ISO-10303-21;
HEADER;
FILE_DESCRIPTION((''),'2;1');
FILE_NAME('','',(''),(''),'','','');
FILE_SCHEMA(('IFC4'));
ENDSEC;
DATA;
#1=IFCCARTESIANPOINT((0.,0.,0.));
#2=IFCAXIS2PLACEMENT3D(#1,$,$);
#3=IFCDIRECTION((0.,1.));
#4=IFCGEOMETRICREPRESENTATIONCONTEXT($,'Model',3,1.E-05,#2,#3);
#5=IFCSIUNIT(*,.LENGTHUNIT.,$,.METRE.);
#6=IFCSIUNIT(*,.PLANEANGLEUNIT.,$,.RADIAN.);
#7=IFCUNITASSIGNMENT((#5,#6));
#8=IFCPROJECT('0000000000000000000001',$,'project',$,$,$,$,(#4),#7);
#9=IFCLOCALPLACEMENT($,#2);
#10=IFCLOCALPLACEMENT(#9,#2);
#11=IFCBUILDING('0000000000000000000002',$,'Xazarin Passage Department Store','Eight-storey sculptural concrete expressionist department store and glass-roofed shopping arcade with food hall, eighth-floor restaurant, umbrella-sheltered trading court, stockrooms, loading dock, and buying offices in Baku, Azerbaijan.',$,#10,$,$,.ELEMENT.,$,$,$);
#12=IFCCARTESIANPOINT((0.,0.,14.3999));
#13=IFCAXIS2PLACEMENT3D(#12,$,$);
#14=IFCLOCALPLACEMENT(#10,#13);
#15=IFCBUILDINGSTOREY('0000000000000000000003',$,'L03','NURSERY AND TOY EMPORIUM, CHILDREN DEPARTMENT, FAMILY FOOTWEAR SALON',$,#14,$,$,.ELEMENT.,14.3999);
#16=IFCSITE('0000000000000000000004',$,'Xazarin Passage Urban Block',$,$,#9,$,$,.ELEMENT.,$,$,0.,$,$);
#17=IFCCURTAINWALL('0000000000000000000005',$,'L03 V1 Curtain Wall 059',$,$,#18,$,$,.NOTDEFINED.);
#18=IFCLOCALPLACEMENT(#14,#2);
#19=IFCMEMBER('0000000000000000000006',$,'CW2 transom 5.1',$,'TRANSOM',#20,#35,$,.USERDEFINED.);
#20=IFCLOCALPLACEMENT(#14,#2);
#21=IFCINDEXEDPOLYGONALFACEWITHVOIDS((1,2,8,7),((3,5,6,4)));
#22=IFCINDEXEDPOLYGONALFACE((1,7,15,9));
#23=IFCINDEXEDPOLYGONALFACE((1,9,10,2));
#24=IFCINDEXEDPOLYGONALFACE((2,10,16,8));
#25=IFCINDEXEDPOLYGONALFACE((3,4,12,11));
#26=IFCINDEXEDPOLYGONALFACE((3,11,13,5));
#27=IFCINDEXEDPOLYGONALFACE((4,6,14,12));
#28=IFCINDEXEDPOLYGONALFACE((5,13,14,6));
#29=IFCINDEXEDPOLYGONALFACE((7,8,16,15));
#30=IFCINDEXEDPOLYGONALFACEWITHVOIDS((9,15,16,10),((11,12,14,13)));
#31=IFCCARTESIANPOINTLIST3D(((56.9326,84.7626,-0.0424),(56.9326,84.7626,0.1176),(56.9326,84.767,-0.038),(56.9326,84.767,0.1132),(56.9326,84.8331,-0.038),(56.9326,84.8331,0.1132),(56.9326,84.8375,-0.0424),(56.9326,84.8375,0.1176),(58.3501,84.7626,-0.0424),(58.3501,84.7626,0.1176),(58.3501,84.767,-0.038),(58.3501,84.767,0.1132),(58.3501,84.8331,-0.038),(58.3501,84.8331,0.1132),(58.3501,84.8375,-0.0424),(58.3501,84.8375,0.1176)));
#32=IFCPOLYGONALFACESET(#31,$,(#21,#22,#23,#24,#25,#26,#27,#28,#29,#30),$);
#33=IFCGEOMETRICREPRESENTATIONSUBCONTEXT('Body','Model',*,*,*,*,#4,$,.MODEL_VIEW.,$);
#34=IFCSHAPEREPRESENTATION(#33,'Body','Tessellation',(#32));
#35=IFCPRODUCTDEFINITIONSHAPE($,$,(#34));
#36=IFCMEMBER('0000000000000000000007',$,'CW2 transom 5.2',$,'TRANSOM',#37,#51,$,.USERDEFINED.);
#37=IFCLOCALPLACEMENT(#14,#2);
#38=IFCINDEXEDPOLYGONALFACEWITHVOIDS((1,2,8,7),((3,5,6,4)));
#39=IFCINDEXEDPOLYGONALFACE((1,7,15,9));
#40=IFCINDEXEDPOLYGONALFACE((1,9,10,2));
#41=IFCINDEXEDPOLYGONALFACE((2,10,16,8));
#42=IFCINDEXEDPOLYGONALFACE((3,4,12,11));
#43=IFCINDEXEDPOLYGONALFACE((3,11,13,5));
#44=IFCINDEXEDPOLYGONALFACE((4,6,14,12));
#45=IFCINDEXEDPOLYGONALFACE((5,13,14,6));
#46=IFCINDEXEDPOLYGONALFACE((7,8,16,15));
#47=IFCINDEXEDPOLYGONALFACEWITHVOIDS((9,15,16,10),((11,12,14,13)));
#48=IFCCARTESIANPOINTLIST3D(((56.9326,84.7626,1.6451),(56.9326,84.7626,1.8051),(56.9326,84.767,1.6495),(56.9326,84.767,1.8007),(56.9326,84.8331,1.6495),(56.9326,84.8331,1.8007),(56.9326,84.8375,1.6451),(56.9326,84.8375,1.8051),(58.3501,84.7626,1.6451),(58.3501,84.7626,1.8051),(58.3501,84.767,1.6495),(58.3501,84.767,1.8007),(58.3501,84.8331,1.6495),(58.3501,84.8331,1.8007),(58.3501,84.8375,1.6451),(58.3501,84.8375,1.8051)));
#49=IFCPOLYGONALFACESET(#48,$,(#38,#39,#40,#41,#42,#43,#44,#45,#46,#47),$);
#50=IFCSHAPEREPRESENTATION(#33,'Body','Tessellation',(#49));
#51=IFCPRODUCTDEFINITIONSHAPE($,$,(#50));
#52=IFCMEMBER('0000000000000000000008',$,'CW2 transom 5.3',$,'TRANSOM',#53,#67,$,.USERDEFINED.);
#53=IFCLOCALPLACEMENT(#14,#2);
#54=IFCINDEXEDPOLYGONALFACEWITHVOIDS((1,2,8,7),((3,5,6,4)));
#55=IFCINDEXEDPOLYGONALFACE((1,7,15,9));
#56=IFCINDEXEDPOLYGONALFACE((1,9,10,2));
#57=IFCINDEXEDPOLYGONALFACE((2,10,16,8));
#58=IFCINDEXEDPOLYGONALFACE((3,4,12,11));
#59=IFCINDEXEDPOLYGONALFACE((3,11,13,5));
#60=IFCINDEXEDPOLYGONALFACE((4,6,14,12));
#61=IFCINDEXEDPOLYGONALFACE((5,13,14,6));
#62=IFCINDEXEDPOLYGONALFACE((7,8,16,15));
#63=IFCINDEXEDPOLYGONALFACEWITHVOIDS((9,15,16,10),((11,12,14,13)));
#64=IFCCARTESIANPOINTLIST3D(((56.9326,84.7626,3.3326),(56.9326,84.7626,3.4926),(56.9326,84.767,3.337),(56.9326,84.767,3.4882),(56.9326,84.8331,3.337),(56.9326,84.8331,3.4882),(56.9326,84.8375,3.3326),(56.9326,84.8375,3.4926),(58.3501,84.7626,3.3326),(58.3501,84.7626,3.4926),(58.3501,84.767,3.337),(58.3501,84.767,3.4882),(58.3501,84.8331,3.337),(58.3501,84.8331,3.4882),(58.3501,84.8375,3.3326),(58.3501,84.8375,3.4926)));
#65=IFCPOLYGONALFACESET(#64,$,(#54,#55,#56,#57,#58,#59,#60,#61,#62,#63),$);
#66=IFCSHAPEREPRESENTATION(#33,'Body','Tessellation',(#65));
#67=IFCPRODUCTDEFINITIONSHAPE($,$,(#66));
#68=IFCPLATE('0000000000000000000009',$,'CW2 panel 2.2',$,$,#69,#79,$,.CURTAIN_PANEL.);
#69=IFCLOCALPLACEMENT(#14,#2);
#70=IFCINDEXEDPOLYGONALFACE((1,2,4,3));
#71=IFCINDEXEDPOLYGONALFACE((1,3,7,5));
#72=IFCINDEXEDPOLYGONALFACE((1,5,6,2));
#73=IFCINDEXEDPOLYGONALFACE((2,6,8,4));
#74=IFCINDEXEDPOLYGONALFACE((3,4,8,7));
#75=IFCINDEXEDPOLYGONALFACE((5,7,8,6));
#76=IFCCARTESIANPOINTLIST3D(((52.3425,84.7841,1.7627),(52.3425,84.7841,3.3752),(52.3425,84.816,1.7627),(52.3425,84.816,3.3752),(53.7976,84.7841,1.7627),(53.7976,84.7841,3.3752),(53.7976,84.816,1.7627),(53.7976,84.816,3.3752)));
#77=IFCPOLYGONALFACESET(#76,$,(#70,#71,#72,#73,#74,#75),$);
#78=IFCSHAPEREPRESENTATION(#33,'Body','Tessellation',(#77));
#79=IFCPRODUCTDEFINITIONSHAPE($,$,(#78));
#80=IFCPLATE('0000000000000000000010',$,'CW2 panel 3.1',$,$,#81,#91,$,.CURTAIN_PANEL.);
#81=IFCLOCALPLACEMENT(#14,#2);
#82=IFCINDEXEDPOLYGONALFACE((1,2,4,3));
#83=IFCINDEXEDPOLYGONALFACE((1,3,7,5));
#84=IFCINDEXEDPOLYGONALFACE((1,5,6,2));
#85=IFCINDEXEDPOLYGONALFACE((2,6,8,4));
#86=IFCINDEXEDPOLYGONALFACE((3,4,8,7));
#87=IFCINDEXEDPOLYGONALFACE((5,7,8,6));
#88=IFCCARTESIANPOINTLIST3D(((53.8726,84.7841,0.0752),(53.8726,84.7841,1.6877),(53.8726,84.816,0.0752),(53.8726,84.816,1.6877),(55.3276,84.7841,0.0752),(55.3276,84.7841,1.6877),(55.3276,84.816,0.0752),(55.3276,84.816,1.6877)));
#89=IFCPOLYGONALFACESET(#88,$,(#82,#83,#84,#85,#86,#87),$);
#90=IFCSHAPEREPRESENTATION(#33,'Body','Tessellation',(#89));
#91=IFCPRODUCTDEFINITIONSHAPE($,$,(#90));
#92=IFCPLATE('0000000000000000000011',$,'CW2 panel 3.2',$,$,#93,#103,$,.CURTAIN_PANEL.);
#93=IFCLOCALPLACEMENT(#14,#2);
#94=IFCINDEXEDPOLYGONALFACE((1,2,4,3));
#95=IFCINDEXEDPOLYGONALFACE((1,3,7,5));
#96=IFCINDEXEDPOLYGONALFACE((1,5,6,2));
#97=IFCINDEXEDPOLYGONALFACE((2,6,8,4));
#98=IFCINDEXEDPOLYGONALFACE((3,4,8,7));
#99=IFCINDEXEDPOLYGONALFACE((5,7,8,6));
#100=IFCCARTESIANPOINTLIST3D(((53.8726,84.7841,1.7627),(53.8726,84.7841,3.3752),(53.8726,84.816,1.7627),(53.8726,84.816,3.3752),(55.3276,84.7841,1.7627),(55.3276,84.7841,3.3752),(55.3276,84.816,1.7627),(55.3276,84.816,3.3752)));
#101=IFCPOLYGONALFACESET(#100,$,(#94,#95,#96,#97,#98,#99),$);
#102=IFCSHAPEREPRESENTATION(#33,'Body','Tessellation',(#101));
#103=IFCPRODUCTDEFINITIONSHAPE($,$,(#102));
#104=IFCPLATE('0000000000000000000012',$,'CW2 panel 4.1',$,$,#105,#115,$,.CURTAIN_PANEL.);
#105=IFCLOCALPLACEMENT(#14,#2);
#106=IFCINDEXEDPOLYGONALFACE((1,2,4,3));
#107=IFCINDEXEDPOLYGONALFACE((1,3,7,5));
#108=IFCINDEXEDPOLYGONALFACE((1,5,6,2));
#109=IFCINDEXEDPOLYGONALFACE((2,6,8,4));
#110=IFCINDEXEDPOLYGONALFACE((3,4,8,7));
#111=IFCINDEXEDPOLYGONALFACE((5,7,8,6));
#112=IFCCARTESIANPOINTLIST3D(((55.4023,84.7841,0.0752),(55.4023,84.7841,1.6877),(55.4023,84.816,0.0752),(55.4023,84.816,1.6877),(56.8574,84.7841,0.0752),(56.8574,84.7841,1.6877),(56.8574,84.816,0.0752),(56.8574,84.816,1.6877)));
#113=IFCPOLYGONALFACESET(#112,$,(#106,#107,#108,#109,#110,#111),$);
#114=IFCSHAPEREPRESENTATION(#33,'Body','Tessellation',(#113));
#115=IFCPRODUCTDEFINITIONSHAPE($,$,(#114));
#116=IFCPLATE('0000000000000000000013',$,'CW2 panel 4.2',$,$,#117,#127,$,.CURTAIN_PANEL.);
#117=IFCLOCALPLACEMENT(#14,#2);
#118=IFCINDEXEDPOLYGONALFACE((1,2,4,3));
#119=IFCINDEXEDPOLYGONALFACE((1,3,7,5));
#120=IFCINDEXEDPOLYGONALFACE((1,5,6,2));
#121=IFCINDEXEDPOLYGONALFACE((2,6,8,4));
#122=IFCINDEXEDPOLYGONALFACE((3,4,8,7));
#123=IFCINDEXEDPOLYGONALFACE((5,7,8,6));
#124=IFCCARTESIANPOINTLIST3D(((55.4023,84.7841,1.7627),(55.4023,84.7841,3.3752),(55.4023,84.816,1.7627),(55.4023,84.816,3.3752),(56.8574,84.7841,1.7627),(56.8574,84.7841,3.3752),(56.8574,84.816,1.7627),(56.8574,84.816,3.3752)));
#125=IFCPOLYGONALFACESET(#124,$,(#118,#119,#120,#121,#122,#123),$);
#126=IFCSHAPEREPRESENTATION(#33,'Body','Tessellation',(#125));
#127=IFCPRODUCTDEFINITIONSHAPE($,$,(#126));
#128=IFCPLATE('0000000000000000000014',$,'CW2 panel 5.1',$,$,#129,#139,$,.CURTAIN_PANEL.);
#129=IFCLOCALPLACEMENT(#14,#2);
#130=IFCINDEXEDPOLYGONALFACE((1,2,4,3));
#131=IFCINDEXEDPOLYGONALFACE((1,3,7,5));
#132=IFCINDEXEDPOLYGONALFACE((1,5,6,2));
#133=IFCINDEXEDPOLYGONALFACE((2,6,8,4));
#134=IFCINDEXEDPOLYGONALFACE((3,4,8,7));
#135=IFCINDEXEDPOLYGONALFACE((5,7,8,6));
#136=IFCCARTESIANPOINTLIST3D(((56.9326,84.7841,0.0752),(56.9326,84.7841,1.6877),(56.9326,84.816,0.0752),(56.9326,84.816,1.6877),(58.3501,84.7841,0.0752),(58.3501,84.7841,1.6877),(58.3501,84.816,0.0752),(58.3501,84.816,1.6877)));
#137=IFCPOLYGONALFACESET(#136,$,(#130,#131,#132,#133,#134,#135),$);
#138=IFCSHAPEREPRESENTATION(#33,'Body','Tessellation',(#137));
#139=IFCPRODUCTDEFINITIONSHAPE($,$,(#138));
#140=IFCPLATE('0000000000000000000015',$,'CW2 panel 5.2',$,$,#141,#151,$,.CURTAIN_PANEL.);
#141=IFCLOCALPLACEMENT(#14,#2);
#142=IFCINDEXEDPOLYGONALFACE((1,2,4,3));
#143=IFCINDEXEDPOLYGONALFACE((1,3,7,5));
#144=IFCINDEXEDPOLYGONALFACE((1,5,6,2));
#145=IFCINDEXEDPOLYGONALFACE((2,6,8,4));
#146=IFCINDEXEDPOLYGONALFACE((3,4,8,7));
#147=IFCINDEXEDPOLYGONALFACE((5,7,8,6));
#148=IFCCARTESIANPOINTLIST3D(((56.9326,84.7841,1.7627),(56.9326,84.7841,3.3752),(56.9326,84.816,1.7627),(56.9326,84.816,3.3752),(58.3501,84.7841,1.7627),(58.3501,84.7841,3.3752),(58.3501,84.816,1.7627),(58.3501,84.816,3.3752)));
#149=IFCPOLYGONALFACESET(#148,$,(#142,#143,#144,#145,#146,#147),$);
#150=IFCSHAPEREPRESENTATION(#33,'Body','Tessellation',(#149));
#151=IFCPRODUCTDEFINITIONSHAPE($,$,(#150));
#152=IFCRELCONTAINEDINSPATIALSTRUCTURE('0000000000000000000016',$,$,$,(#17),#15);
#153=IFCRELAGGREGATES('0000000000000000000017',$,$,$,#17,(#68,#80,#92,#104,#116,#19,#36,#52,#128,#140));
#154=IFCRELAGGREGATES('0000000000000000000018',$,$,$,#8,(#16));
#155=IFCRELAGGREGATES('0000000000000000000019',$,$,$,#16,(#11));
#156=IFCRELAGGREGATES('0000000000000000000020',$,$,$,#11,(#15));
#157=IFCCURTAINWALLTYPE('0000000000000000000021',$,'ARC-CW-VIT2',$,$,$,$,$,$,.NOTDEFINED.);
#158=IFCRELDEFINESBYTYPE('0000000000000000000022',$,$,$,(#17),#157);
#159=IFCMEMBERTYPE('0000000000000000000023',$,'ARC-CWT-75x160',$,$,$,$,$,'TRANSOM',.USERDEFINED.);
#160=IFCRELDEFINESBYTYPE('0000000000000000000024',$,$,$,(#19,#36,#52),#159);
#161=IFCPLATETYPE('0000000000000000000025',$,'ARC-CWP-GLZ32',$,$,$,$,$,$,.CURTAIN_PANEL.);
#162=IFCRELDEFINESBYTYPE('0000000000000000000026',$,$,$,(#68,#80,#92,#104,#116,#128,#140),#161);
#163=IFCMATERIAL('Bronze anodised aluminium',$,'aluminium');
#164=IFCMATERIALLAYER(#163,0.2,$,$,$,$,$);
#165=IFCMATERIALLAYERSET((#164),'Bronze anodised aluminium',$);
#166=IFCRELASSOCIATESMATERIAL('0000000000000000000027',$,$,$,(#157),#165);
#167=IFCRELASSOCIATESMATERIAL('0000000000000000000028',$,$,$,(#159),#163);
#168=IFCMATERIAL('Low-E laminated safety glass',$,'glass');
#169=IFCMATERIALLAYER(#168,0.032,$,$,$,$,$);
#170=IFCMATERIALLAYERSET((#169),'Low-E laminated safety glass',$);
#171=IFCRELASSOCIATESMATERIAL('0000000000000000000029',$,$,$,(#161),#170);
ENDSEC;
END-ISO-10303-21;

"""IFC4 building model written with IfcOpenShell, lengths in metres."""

from ifc_helpers import new_model, si_unit, direction, frame, origin, origin_2d, place, context, subcontext, project, spatial, rectangle, hollow_rectangle, extrude, material, layer, layer_set, material_profile, profile_set, type_object, element, aggregate, save


model = new_model("IFC4")

# Units and contexts
model_context = context("Model", 3, precision=1e-05, world=origin(), true_north=direction((0.0, 1.0)))
body_context = subcontext(model_context, "Body", "Model", "MODEL_VIEW")
ifc_project = project(units=[si_unit("LENGTHUNIT", "METRE"), si_unit("PLANEANGLEUNIT", "RADIAN")], contexts=[model_context])

# Site, building, storey
site_placement = place(None, origin())
site = spatial("IfcSite", under=ifc_project, at=site_placement, Name="Xazarin Passage Urban Block", CompositionType="ELEMENT", RefElevation=0.0)
building_placement = place(site_placement, origin())
building = spatial("IfcBuilding", under=site, at=building_placement, Name="Xazarin Passage Department Store", Description="Eight-storey sculptural concrete expressionist department store and glass-roofed shopping arcade with food hall, eighth-floor restaurant, umbrella-sheltered trading court, stockrooms, loading dock, and buying offices in Baku, Azerbaijan.", CompositionType="ELEMENT")
storey_placement = place(building_placement, frame((0.0, 0.0, 14.3999)))
storey = spatial("IfcBuildingStorey", under=building, at=storey_placement, Name="L03", Description="NURSERY AND TOY EMPORIUM, CHILDREN DEPARTMENT, FAMILY FOOTWEAR SALON", CompositionType="ELEMENT", Elevation=14.3999)

# Curtain wall, members, plates
ifc_material_1 = material(Name="Bronze anodised aluminium", Category="aluminium")
ifc_layer_1 = layer(ifc_material_1, 0.2)
ifc_layer_set_1 = layer_set([ifc_layer_1], Name="Bronze anodised aluminium")
curtain_wall_type = type_object("IfcCurtainWallType", Name="ARC-CW-VIT2", PredefinedType="NOTDEFINED", material=ifc_layer_set_1)
curtain_wall_placement = place(storey_placement, origin())
curtain_wall = element("IfcCurtainWall", 1, at=curtain_wall_placement, inside=storey, type_object=curtain_wall_type, Name="L03 V1 Curtain Wall 059", PredefinedType="NOTDEFINED")
ifc_material_profile_1 = material_profile(ifc_material_1, hollow_rectangle(XDim=0.075, YDim=0.1599, WallThickness=0.0044, at=origin_2d()), Name="ALU 75x160")
ifc_profile_set_1 = profile_set([ifc_material_profile_1], Name="Bronze anodised aluminium")
member_type_1 = type_object("IfcMemberType", Name="ARC-CWT-75x160", ElementType="TRANSOM", PredefinedType="USERDEFINED", material=ifc_profile_set_1)
member_1_placement = place(storey_placement, frame((56.9326, 84.8, 0.0376), z_axis=(1.0, 0.0, 0.0), x_axis=(0.0, 1.0, 0.0)))
member_1 = element("IfcMember", 2, at=member_1_placement, type_object=member_type_1, Name="CW2 transom 5.1", ObjectType="TRANSOM", PredefinedType="USERDEFINED", context=body_context, shape_type="SweptSolid", body=[
    extrude(hollow_rectangle(XDim=0.075, YDim=0.1599, WallThickness=0.0044, at=origin_2d()), origin(), (0.0, 0.0, 1.0), 1.4175),
])
member_2_placement = place(storey_placement, frame((56.9326, 84.8, 1.7251), z_axis=(1.0, 0.0, 0.0), x_axis=(0.0, 1.0, 0.0)))
member_2 = element("IfcMember", 3, at=member_2_placement, type_object=member_type_1, Name="CW2 transom 5.2", ObjectType="TRANSOM", PredefinedType="USERDEFINED", context=body_context, shape_type="SweptSolid", body=[
    extrude(hollow_rectangle(XDim=0.075, YDim=0.1599, WallThickness=0.0044, at=origin_2d()), origin(), (0.0, 0.0, 1.0), 1.4175),
])
member_3_placement = place(storey_placement, frame((56.9326, 84.8, 3.4126), z_axis=(1.0, 0.0, 0.0), x_axis=(0.0, 1.0, 0.0)))
member_3 = element("IfcMember", 4, at=member_3_placement, type_object=member_type_1, Name="CW2 transom 5.3", ObjectType="TRANSOM", PredefinedType="USERDEFINED", context=body_context, shape_type="SweptSolid", body=[
    extrude(hollow_rectangle(XDim=0.075, YDim=0.1599, WallThickness=0.0044, at=origin_2d()), origin(), (0.0, 0.0, 1.0), 1.4175),
])
ifc_material_2 = material(Name="Low-E laminated safety glass", Category="glass")
ifc_layer_2 = layer(ifc_material_2, 0.032)
ifc_layer_set_2 = layer_set([ifc_layer_2], Name="Low-E laminated safety glass")
plate_type = type_object("IfcPlateType", Name="ARC-CWP-GLZ32", PredefinedType="CURTAIN_PANEL", material=ifc_layer_set_2)
plate_1_placement = place(storey_placement, frame((53.0701, 84.8, 1.7627), z_axis=(0.0, 0.0, 1.0), x_axis=(1.0, 0.0, 0.0)))
plate_1 = element("IfcPlate", 5, at=plate_1_placement, type_object=plate_type, Name="CW2 panel 2.2", PredefinedType="CURTAIN_PANEL", context=body_context, shape_type="SweptSolid", body=[
    extrude(rectangle(XDim=1.4551, YDim=0.032, at=origin_2d()), origin(), (0.0, 0.0, 1.0), 1.6125),
])
plate_2_placement = place(storey_placement, frame((54.6001, 84.8, 0.0752), z_axis=(0.0, 0.0, 1.0), x_axis=(1.0, 0.0, 0.0)))
plate_2 = element("IfcPlate", 6, at=plate_2_placement, type_object=plate_type, Name="CW2 panel 3.1", PredefinedType="CURTAIN_PANEL", context=body_context, shape_type="SweptSolid", body=[
    extrude(rectangle(XDim=1.4551, YDim=0.032, at=origin_2d()), origin(), (0.0, 0.0, 1.0), 1.6125),
])
plate_3_placement = place(storey_placement, frame((54.6001, 84.8, 1.7627), z_axis=(0.0, 0.0, 1.0), x_axis=(1.0, 0.0, 0.0)))
plate_3 = element("IfcPlate", 7, at=plate_3_placement, type_object=plate_type, Name="CW2 panel 3.2", PredefinedType="CURTAIN_PANEL", context=body_context, shape_type="SweptSolid", body=[
    extrude(rectangle(XDim=1.4551, YDim=0.032, at=origin_2d()), origin(), (0.0, 0.0, 1.0), 1.6125),
])
plate_4_placement = place(storey_placement, frame((56.1299, 84.8, 0.0752), z_axis=(0.0, 0.0, 1.0), x_axis=(1.0, 0.0, 0.0)))
plate_4 = element("IfcPlate", 8, at=plate_4_placement, type_object=plate_type, Name="CW2 panel 4.1", PredefinedType="CURTAIN_PANEL", context=body_context, shape_type="SweptSolid", body=[
    extrude(rectangle(XDim=1.4551, YDim=0.032, at=origin_2d()), origin(), (0.0, 0.0, 1.0), 1.6125),
])
plate_5_placement = place(storey_placement, frame((56.1299, 84.8, 1.7627), z_axis=(0.0, 0.0, 1.0), x_axis=(1.0, 0.0, 0.0)))
plate_5 = element("IfcPlate", 9, at=plate_5_placement, type_object=plate_type, Name="CW2 panel 4.2", PredefinedType="CURTAIN_PANEL", context=body_context, shape_type="SweptSolid", body=[
    extrude(rectangle(XDim=1.4551, YDim=0.032, at=origin_2d()), origin(), (0.0, 0.0, 1.0), 1.6125),
])
plate_6_placement = place(storey_placement, frame((57.6414, 84.8, 0.0752), z_axis=(0.0, 0.0, 1.0), x_axis=(1.0, 0.0, 0.0)))
plate_6 = element("IfcPlate", 10, at=plate_6_placement, type_object=plate_type, Name="CW2 panel 5.1", PredefinedType="CURTAIN_PANEL", context=body_context, shape_type="SweptSolid", body=[
    extrude(rectangle(XDim=1.4175, YDim=0.032, at=origin_2d()), origin(), (0.0, 0.0, 1.0), 1.6125),
])
plate_7_placement = place(storey_placement, frame((57.6414, 84.8, 1.7627), z_axis=(0.0, 0.0, 1.0), x_axis=(1.0, 0.0, 0.0)))
plate_7 = element("IfcPlate", 11, at=plate_7_placement, type_object=plate_type, Name="CW2 panel 5.2", PredefinedType="CURTAIN_PANEL", context=body_context, shape_type="SweptSolid", body=[
    extrude(rectangle(XDim=1.4175, YDim=0.032, at=origin_2d()), origin(), (0.0, 0.0, 1.0), 1.6125),
])
aggregate(curtain_wall, [plate_1, plate_2, plate_3, plate_4, plate_5, member_1, member_2, member_3, plate_6, plate_7])

save(model, "model.ifc")
